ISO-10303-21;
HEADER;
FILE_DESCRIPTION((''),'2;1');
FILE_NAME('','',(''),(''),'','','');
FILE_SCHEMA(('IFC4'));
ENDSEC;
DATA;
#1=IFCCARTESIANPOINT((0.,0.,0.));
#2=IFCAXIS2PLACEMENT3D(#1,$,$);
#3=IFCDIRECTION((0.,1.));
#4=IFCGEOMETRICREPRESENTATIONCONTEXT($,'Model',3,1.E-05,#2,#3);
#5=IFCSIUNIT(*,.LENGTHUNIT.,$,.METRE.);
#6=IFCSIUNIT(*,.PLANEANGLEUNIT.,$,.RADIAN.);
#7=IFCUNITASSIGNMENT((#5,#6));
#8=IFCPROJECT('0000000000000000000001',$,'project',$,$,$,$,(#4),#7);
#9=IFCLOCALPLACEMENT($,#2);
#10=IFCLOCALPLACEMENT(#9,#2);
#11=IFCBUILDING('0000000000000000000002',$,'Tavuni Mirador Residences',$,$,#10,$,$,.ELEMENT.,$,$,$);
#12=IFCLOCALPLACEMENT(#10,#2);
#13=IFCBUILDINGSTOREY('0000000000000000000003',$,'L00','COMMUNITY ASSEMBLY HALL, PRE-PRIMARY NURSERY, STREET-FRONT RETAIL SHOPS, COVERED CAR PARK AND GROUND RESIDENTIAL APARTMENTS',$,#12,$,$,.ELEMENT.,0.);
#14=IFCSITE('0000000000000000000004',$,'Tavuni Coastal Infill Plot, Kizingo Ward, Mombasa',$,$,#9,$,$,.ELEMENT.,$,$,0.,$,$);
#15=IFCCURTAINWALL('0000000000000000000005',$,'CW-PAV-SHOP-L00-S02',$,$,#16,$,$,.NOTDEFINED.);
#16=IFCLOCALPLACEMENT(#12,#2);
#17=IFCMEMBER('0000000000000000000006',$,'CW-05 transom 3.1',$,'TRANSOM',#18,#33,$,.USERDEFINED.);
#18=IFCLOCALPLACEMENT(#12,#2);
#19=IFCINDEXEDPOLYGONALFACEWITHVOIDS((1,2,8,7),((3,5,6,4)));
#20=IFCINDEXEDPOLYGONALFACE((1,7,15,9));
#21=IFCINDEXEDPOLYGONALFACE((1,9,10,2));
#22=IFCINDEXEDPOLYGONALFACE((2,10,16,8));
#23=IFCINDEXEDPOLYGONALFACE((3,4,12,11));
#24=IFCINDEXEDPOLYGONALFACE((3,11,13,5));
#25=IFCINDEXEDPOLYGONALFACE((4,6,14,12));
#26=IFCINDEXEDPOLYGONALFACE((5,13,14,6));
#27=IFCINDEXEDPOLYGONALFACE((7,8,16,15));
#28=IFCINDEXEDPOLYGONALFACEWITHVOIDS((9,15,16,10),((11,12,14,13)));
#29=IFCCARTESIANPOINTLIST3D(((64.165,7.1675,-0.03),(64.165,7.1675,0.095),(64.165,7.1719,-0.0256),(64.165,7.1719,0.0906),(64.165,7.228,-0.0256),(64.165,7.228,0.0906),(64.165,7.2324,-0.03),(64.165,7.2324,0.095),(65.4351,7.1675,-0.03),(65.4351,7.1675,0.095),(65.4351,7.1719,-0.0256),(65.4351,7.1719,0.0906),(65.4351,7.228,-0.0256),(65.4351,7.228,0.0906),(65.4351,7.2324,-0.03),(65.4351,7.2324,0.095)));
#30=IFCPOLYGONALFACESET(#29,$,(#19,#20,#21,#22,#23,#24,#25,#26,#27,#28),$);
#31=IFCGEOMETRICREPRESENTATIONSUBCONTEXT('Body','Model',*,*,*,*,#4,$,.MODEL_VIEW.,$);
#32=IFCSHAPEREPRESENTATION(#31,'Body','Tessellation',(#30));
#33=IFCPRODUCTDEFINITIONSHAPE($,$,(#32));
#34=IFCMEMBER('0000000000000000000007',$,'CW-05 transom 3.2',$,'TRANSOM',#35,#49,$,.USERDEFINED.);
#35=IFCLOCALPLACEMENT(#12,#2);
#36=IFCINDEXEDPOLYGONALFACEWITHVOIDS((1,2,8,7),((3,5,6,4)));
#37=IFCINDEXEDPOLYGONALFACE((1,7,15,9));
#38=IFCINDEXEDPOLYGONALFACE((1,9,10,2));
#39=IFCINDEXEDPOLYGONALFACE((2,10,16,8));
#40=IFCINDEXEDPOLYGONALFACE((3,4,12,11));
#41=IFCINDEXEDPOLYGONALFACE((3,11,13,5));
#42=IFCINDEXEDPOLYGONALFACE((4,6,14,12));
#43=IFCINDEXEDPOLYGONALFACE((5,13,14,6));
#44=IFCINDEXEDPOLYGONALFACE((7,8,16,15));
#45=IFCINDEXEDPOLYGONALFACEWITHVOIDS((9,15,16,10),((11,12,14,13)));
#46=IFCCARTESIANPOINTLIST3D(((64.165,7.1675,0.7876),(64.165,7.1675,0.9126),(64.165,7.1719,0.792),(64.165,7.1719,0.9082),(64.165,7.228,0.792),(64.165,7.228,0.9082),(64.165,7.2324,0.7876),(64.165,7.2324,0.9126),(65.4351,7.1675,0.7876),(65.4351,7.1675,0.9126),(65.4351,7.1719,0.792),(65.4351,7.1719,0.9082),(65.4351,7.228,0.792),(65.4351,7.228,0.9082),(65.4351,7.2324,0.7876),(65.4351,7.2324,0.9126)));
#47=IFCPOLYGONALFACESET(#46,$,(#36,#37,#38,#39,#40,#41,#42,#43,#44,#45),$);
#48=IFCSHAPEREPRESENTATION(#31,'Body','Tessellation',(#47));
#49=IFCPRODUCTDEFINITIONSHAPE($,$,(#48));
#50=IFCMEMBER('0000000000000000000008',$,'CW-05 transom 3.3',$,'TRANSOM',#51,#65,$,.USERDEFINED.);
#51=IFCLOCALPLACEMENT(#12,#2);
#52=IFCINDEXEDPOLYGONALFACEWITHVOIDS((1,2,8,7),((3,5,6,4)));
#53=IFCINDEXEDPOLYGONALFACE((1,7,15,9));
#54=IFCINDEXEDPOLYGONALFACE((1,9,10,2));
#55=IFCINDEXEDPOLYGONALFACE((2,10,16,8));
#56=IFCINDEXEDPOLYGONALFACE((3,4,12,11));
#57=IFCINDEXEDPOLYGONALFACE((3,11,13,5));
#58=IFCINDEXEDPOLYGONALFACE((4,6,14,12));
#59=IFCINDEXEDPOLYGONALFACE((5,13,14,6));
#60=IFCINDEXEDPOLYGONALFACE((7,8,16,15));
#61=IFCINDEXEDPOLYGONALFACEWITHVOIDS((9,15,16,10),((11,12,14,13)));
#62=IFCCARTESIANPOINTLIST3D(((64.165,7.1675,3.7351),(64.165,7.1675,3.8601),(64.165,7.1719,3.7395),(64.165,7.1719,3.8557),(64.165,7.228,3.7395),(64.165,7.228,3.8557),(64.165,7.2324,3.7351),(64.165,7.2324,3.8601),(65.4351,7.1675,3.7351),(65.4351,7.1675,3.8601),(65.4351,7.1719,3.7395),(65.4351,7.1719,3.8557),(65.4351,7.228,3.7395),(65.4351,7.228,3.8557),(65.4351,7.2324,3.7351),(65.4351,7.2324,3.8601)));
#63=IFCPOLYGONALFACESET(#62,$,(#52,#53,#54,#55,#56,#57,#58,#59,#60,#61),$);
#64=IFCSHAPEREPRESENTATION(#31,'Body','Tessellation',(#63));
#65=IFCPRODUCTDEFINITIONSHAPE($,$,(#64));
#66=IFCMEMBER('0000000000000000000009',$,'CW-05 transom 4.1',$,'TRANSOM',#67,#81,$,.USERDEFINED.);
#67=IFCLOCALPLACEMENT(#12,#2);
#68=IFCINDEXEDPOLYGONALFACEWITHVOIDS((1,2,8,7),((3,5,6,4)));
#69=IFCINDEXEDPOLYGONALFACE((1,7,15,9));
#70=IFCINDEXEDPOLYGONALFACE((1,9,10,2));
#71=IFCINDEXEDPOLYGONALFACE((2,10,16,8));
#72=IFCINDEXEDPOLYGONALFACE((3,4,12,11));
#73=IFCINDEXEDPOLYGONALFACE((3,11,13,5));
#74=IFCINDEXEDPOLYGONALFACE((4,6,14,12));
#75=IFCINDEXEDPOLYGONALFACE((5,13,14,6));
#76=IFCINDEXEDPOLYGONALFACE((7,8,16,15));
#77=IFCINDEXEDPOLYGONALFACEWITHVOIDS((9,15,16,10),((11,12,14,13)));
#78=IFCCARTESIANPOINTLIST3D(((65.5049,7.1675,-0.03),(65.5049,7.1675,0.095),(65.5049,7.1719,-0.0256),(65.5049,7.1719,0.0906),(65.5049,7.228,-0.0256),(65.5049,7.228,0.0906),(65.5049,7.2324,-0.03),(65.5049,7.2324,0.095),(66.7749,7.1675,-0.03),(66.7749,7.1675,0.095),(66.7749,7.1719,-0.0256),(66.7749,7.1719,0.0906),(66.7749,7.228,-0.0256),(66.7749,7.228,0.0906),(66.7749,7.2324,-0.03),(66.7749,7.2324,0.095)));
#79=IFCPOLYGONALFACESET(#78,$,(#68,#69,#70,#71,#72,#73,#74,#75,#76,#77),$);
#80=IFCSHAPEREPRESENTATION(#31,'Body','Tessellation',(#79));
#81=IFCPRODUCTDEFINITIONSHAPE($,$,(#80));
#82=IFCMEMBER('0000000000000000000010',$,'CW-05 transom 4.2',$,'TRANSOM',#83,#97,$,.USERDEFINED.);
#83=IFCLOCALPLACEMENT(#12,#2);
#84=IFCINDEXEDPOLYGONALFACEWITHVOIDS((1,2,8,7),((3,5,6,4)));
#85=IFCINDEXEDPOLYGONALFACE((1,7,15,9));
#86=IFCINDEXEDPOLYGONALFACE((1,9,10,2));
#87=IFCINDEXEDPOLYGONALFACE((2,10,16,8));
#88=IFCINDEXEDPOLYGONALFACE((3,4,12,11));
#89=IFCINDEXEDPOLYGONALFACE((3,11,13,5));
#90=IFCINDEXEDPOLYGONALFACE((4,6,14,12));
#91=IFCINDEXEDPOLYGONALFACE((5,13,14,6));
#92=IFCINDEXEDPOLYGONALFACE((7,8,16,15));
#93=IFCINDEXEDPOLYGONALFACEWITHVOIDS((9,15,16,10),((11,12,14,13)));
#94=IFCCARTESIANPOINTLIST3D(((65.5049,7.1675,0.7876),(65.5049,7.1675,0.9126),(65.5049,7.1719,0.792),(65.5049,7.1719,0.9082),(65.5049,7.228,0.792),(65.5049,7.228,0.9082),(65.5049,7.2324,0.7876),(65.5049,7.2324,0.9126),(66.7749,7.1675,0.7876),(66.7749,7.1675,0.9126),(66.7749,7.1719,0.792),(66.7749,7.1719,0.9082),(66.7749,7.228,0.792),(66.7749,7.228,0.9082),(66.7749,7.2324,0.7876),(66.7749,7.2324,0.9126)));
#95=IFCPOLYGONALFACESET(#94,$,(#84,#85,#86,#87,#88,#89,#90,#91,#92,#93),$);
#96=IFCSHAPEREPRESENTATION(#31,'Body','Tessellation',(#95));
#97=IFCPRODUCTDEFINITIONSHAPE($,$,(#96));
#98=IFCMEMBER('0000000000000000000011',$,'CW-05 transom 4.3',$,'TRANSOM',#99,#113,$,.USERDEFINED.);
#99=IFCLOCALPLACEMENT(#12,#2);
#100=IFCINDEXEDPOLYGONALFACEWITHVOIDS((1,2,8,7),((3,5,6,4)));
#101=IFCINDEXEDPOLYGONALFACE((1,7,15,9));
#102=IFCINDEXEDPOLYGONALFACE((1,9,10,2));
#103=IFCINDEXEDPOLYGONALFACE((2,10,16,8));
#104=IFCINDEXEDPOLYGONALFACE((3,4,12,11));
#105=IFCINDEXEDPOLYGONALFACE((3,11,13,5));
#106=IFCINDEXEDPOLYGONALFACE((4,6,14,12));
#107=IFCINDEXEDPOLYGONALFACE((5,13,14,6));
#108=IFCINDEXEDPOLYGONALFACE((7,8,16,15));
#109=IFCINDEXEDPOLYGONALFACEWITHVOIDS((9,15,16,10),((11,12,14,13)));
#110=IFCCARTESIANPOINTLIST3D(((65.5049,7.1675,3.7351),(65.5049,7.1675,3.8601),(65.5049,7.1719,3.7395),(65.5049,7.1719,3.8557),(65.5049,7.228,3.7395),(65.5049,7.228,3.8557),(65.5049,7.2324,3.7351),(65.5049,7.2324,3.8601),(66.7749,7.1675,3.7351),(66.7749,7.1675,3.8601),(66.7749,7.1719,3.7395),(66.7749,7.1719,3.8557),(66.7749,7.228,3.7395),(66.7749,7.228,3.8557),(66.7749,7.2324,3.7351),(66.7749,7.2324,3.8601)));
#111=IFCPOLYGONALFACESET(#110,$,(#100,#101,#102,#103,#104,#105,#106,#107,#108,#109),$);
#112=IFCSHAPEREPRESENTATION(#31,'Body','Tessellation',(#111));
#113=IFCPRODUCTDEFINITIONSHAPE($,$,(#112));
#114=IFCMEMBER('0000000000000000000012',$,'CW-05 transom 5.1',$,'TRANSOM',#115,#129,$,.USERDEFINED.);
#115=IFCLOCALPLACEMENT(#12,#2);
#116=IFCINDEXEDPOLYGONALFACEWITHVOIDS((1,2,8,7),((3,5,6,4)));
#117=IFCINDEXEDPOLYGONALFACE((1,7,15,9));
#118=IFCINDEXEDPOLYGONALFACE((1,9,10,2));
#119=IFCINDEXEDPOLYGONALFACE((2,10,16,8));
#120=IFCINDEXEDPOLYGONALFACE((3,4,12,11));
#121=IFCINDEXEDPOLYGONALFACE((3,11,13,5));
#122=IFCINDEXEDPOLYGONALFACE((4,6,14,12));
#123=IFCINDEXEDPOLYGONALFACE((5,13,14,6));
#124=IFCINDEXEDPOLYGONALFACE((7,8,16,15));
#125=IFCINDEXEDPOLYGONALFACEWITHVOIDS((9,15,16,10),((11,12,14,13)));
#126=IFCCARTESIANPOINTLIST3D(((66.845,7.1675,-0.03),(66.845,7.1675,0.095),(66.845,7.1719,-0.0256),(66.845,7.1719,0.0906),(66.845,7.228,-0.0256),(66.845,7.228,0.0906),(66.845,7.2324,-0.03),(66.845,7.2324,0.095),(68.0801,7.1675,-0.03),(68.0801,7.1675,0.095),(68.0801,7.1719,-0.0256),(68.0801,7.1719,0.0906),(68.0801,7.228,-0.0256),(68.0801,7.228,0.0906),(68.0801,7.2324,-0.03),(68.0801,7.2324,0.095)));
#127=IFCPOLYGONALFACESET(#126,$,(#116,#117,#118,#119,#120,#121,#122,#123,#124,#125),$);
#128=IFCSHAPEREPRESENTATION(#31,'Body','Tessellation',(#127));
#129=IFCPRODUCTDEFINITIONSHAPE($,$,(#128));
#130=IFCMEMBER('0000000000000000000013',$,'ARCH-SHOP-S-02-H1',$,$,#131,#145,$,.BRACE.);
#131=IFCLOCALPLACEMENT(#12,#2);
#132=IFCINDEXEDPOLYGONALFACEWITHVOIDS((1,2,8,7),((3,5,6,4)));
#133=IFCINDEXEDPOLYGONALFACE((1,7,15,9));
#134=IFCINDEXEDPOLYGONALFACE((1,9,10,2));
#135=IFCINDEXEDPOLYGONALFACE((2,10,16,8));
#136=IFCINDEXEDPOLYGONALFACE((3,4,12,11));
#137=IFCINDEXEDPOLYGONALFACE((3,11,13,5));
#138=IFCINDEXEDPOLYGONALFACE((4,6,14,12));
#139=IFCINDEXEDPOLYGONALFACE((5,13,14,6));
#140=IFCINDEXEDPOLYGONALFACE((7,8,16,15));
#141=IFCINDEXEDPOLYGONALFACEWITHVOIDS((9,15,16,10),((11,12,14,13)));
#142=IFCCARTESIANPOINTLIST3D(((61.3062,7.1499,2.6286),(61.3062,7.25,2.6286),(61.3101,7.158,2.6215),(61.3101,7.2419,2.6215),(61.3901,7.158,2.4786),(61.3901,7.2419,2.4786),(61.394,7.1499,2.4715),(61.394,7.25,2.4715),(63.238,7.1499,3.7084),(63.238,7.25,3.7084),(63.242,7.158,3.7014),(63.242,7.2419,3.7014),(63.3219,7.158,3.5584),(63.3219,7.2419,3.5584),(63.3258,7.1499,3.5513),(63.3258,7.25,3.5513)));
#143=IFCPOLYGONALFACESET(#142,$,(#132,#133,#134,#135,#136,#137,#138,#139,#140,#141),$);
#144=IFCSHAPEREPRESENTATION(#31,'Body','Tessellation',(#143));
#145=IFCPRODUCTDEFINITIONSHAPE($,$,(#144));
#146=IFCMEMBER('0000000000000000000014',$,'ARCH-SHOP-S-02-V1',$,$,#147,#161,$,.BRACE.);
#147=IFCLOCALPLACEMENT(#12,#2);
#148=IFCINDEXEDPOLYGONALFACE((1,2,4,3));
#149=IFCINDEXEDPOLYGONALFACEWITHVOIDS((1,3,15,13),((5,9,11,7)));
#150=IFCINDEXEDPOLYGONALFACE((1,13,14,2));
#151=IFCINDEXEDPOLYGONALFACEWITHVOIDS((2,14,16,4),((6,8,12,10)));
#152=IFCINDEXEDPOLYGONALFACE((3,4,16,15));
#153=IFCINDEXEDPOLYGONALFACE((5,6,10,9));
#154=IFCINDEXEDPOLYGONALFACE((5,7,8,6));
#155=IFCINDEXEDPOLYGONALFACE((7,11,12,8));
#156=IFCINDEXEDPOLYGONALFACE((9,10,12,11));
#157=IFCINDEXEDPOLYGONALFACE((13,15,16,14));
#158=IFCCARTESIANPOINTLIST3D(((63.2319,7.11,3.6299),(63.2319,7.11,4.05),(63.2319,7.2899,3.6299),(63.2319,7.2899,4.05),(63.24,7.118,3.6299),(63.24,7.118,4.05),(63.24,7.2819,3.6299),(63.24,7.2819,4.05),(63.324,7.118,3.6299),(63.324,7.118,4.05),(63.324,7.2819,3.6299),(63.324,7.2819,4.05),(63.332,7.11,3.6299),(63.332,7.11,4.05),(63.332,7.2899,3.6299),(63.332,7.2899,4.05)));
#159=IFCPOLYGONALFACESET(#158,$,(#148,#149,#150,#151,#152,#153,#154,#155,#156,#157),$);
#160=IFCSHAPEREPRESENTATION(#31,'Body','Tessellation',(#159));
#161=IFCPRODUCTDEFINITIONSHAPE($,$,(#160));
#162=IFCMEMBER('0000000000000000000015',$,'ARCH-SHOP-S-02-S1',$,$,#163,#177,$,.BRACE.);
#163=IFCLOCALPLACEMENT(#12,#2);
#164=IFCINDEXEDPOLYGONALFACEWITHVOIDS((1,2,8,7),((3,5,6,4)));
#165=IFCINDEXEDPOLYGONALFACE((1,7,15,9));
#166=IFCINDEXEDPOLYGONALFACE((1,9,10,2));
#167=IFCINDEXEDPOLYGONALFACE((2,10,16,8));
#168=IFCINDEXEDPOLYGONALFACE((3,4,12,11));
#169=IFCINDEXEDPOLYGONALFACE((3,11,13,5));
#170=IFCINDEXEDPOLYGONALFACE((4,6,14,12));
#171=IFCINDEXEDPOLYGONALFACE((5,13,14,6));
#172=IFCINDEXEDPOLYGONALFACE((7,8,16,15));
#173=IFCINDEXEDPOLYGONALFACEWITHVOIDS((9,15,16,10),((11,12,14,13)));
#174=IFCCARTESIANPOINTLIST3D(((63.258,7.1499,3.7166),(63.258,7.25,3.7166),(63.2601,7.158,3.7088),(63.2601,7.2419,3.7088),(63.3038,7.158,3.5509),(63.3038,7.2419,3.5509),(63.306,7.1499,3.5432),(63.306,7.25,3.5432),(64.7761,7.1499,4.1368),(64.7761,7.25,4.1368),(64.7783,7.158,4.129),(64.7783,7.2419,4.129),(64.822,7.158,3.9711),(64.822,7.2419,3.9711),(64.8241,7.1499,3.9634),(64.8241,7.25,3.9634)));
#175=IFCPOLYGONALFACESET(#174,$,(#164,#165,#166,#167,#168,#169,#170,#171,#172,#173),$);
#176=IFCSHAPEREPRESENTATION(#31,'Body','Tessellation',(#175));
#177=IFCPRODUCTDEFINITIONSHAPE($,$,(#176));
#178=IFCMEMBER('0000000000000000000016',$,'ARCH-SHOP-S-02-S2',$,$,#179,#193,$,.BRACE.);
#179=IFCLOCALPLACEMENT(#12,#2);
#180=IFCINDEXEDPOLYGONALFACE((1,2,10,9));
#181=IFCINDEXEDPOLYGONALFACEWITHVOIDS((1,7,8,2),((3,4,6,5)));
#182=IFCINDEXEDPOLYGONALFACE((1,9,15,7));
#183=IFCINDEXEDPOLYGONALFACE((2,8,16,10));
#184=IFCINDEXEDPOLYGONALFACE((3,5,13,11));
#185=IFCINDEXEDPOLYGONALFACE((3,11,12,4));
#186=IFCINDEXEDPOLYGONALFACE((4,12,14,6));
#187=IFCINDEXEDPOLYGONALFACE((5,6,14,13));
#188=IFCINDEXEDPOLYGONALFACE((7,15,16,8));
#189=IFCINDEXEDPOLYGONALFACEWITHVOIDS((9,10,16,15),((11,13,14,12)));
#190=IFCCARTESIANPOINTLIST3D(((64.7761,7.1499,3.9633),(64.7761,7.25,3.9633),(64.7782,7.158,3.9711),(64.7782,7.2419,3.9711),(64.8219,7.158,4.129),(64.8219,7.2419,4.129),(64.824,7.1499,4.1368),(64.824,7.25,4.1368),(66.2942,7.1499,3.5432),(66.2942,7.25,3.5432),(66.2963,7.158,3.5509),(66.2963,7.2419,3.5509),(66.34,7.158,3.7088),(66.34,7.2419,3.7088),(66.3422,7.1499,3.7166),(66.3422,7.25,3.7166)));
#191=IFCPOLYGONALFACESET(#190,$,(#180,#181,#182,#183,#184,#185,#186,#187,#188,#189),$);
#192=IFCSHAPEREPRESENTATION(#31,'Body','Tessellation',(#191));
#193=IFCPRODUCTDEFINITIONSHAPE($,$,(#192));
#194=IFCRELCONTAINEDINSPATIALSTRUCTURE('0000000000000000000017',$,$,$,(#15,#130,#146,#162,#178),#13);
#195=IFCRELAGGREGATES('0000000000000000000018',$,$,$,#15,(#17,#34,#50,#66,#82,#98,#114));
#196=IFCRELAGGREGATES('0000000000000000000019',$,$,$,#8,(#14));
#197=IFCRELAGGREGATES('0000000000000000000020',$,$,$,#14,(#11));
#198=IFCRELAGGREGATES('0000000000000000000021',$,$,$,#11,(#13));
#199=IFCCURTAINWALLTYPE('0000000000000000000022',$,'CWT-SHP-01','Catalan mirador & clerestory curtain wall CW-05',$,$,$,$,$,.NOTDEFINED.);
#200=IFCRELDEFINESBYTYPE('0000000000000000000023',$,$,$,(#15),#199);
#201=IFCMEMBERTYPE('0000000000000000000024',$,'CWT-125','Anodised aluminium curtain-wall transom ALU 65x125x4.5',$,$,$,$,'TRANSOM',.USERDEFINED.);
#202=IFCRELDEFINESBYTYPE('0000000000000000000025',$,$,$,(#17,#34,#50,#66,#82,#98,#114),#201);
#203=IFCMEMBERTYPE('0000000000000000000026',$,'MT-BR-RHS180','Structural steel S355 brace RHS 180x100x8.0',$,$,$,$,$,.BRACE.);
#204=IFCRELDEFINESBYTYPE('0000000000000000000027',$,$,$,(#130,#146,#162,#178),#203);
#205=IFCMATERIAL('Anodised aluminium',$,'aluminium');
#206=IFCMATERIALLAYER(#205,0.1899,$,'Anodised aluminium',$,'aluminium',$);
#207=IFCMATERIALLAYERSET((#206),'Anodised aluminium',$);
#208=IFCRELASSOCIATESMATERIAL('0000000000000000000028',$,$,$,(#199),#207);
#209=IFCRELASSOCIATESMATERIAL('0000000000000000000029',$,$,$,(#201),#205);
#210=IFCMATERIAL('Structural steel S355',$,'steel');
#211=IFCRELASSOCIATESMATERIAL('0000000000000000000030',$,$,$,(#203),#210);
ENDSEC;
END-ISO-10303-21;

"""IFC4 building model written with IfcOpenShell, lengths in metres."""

from ifc_helpers import new_model, si_unit, direction, frame, origin, origin_2d, place, context, subcontext, project, spatial, hollow_rectangle, extrude, material, layer, layer_set, material_profile, profile_set, type_object, element, aggregate, save


model = new_model("IFC4")

# Units and contexts
model_context = context("Model", 3, precision=1e-05, world=origin(), true_north=direction((0.0, 1.0)))
body_context = subcontext(model_context, "Body", "Model", "MODEL_VIEW")
ifc_project = project(units=[si_unit("LENGTHUNIT", "METRE"), si_unit("PLANEANGLEUNIT", "RADIAN")], contexts=[model_context])

# Site, building, storey
site_placement = place(None, origin())
site = spatial("IfcSite", under=ifc_project, at=site_placement, Name="Tavuni Coastal Infill Plot, Kizingo Ward, Mombasa", CompositionType="ELEMENT", RefElevation=0.0)
building_placement = place(site_placement, origin())
building = spatial("IfcBuilding", under=site, at=building_placement, Name="Tavuni Mirador Residences", CompositionType="ELEMENT")
storey_placement = place(building_placement, origin())
storey = spatial("IfcBuildingStorey", under=building, at=storey_placement, Name="L00", Description="COMMUNITY ASSEMBLY HALL, PRE-PRIMARY NURSERY, STREET-FRONT RETAIL SHOPS, COVERED CAR PARK AND GROUND RESIDENTIAL APARTMENTS", CompositionType="ELEMENT", Elevation=0.0)

# Curtain wall, members
ifc_material_1 = material(Name="Anodised aluminium", Category="aluminium")
ifc_layer_1 = layer(ifc_material_1, 0.1899, Name="Anodised aluminium", Category="aluminium")
ifc_layer_set_1 = layer_set([ifc_layer_1], Name="Anodised aluminium")
curtain_wall_type = type_object("IfcCurtainWallType", Name="CWT-SHP-01", Description="Catalan mirador & clerestory curtain wall CW-05", PredefinedType="NOTDEFINED", material=ifc_layer_set_1)
curtain_wall_placement = place(storey_placement, origin())
curtain_wall = element("IfcCurtainWall", 1, at=curtain_wall_placement, inside=storey, type_object=curtain_wall_type, Name="CW-PAV-SHOP-L00-S02", PredefinedType="NOTDEFINED")
ifc_material_profile_1 = material_profile(ifc_material_1, hollow_rectangle(XDim=0.0649, YDim=0.125, WallThickness=0.0044, at=origin_2d()), Name="ALU 65x125x4.5", Category="aluminium")
ifc_profile_set_1 = profile_set([ifc_material_profile_1], Name="Anodised aluminium")
member_type_1 = type_object("IfcMemberType", Name="CWT-125", Description="Anodised aluminium curtain-wall transom ALU 65x125x4.5", ElementType="TRANSOM", PredefinedType="USERDEFINED", material=ifc_profile_set_1)
member_1_placement = place(storey_placement, frame((64.165, 7.2, 0.0325), z_axis=(1.0, 0.0, 0.0), x_axis=(0.0, 1.0, 0.0)))
member_1 = element("IfcMember", 2, at=member_1_placement, type_object=member_type_1, Name="CW-05 transom 3.1", ObjectType="TRANSOM", PredefinedType="USERDEFINED", context=body_context, shape_type="SweptSolid", body=[
    extrude(hollow_rectangle(XDim=0.0649, YDim=0.125, WallThickness=0.0044, at=origin_2d()), origin(), (0.0, 0.0, 1.0), 1.27),
])
member_2_placement = place(storey_placement, frame((64.165, 7.2, 0.8501), z_axis=(1.0, 0.0, 0.0), x_axis=(0.0, 1.0, 0.0)))
member_2 = element("IfcMember", 3, at=member_2_placement, type_object=member_type_1, Name="CW-05 transom 3.2", ObjectType="TRANSOM", PredefinedType="USERDEFINED", context=body_context, shape_type="SweptSolid", body=[
    extrude(hollow_rectangle(XDim=0.0649, YDim=0.125, WallThickness=0.0044, at=origin_2d()), origin(), (0.0, 0.0, 1.0), 1.27),
])
member_3_placement = place(storey_placement, frame((64.165, 7.2, 3.7976), z_axis=(1.0, 0.0, 0.0), x_axis=(0.0, 1.0, 0.0)))
member_3 = element("IfcMember", 4, at=member_3_placement, type_object=member_type_1, Name="CW-05 transom 3.3", ObjectType="TRANSOM", PredefinedType="USERDEFINED", context=body_context, shape_type="SweptSolid", body=[
    extrude(hollow_rectangle(XDim=0.0649, YDim=0.125, WallThickness=0.0044, at=origin_2d()), origin(), (0.0, 0.0, 1.0), 1.27),
])
member_4_placement = place(storey_placement, frame((65.5049, 7.2, 0.0325), z_axis=(1.0, 0.0, 0.0), x_axis=(0.0, 1.0, 0.0)))
member_4 = element("IfcMember", 5, at=member_4_placement, type_object=member_type_1, Name="CW-05 transom 4.1", ObjectType="TRANSOM", PredefinedType="USERDEFINED", context=body_context, shape_type="SweptSolid", body=[
    extrude(hollow_rectangle(XDim=0.0649, YDim=0.125, WallThickness=0.0044, at=origin_2d()), origin(), (0.0, 0.0, 1.0), 1.27),
])
member_5_placement = place(storey_placement, frame((65.5049, 7.2, 0.8501), z_axis=(1.0, 0.0, 0.0), x_axis=(0.0, 1.0, 0.0)))
member_5 = element("IfcMember", 6, at=member_5_placement, type_object=member_type_1, Name="CW-05 transom 4.2", ObjectType="TRANSOM", PredefinedType="USERDEFINED", context=body_context, shape_type="SweptSolid", body=[
    extrude(hollow_rectangle(XDim=0.0649, YDim=0.125, WallThickness=0.0044, at=origin_2d()), origin(), (0.0, 0.0, 1.0), 1.27),
])
member_6_placement = place(storey_placement, frame((65.5049, 7.2, 3.7976), z_axis=(1.0, 0.0, 0.0), x_axis=(0.0, 1.0, 0.0)))
member_6 = element("IfcMember", 7, at=member_6_placement, type_object=member_type_1, Name="CW-05 transom 4.3", ObjectType="TRANSOM", PredefinedType="USERDEFINED", context=body_context, shape_type="SweptSolid", body=[
    extrude(hollow_rectangle(XDim=0.0649, YDim=0.125, WallThickness=0.0044, at=origin_2d()), origin(), (0.0, 0.0, 1.0), 1.27),
])
member_7_placement = place(storey_placement, frame((66.845, 7.2, 0.0325), z_axis=(1.0, 0.0, 0.0), x_axis=(0.0, 1.0, 0.0)))
member_7 = element("IfcMember", 8, at=member_7_placement, type_object=member_type_1, Name="CW-05 transom 5.1", ObjectType="TRANSOM", PredefinedType="USERDEFINED", context=body_context, shape_type="SweptSolid", body=[
    extrude(hollow_rectangle(XDim=0.0649, YDim=0.125, WallThickness=0.0044, at=origin_2d()), origin(), (0.0, 0.0, 1.0), 1.2351),
])

# Members
ifc_material_2 = material(Name="Structural steel S355", Category="steel")
ifc_material_profile_2 = material_profile(ifc_material_2, hollow_rectangle(XDim=0.1001, YDim=0.1799, WallThickness=0.0081, at=origin_2d()), Name="RHS 180x100x8.0", Category="steel")
ifc_profile_set_2 = profile_set([ifc_material_profile_2], Name="Structural steel S355")
member_type_2 = type_object("IfcMemberType", Name="MT-BR-RHS180", Description="Structural steel S355 brace RHS 180x100x8.0", PredefinedType="BRACE", material=ifc_profile_set_2)
member_8_placement = place(storey_placement, frame((61.3501, 7.2, 2.55), z_axis=(0.872895, 0.0, 0.487908), x_axis=(0.0, 1.0, 0.0)))
element("IfcMember", 9, at=member_8_placement, inside=storey, type_object=member_type_2, Name="ARCH-SHOP-S-02-H1", PredefinedType="BRACE", context=body_context, shape_type="SweptSolid", body=[
    extrude(hollow_rectangle(XDim=0.1001, YDim=0.1799, WallThickness=0.0081, at=origin_2d()), origin(), (0.0, 0.0, 1.0), 2.2131),
])
member_9_placement = place(storey_placement, frame((63.282, 7.2, 3.6299), z_axis=(0.0, 0.0, 1.0), x_axis=(1.0, 0.0, 0.0)))
element("IfcMember", 10, at=member_9_placement, inside=storey, type_object=member_type_2, Name="ARCH-SHOP-S-02-V1", PredefinedType="BRACE", context=body_context, shape_type="SweptSolid", body=[
    extrude(hollow_rectangle(XDim=0.1001, YDim=0.1799, WallThickness=0.0081, at=origin_2d()), origin(), (0.0, 0.0, 1.0), 0.4202),
])
for number, where, z_axis, x_axis, name in (
    (11, (63.282, 7.2, 3.6299), (0.963766, 0.0, 0.266748), (0.0, 1.0, 0.0), "ARCH-SHOP-S-02-S1"),
    (12, (64.8, 7.2, 4.05), (0.963766, 0.0, -0.266748), (0.0, 1.0, 0.0), "ARCH-SHOP-S-02-S2"),
):
    element("IfcMember", number, at=place(storey_placement, frame(where, z_axis=z_axis, x_axis=x_axis)), inside=storey, type_object=member_type_2, Name=name, PredefinedType="BRACE", context=body_context, shape_type="SweptSolid", body=[
        extrude(hollow_rectangle(XDim=0.1001, YDim=0.1799, WallThickness=0.0081, at=origin_2d()), origin(), (0.0, 0.0, 1.0), 1.5752),
    ])

aggregate(curtain_wall, [member_1, member_2, member_3, member_4, member_5, member_6, member_7])

save(model, "model.ifc")
